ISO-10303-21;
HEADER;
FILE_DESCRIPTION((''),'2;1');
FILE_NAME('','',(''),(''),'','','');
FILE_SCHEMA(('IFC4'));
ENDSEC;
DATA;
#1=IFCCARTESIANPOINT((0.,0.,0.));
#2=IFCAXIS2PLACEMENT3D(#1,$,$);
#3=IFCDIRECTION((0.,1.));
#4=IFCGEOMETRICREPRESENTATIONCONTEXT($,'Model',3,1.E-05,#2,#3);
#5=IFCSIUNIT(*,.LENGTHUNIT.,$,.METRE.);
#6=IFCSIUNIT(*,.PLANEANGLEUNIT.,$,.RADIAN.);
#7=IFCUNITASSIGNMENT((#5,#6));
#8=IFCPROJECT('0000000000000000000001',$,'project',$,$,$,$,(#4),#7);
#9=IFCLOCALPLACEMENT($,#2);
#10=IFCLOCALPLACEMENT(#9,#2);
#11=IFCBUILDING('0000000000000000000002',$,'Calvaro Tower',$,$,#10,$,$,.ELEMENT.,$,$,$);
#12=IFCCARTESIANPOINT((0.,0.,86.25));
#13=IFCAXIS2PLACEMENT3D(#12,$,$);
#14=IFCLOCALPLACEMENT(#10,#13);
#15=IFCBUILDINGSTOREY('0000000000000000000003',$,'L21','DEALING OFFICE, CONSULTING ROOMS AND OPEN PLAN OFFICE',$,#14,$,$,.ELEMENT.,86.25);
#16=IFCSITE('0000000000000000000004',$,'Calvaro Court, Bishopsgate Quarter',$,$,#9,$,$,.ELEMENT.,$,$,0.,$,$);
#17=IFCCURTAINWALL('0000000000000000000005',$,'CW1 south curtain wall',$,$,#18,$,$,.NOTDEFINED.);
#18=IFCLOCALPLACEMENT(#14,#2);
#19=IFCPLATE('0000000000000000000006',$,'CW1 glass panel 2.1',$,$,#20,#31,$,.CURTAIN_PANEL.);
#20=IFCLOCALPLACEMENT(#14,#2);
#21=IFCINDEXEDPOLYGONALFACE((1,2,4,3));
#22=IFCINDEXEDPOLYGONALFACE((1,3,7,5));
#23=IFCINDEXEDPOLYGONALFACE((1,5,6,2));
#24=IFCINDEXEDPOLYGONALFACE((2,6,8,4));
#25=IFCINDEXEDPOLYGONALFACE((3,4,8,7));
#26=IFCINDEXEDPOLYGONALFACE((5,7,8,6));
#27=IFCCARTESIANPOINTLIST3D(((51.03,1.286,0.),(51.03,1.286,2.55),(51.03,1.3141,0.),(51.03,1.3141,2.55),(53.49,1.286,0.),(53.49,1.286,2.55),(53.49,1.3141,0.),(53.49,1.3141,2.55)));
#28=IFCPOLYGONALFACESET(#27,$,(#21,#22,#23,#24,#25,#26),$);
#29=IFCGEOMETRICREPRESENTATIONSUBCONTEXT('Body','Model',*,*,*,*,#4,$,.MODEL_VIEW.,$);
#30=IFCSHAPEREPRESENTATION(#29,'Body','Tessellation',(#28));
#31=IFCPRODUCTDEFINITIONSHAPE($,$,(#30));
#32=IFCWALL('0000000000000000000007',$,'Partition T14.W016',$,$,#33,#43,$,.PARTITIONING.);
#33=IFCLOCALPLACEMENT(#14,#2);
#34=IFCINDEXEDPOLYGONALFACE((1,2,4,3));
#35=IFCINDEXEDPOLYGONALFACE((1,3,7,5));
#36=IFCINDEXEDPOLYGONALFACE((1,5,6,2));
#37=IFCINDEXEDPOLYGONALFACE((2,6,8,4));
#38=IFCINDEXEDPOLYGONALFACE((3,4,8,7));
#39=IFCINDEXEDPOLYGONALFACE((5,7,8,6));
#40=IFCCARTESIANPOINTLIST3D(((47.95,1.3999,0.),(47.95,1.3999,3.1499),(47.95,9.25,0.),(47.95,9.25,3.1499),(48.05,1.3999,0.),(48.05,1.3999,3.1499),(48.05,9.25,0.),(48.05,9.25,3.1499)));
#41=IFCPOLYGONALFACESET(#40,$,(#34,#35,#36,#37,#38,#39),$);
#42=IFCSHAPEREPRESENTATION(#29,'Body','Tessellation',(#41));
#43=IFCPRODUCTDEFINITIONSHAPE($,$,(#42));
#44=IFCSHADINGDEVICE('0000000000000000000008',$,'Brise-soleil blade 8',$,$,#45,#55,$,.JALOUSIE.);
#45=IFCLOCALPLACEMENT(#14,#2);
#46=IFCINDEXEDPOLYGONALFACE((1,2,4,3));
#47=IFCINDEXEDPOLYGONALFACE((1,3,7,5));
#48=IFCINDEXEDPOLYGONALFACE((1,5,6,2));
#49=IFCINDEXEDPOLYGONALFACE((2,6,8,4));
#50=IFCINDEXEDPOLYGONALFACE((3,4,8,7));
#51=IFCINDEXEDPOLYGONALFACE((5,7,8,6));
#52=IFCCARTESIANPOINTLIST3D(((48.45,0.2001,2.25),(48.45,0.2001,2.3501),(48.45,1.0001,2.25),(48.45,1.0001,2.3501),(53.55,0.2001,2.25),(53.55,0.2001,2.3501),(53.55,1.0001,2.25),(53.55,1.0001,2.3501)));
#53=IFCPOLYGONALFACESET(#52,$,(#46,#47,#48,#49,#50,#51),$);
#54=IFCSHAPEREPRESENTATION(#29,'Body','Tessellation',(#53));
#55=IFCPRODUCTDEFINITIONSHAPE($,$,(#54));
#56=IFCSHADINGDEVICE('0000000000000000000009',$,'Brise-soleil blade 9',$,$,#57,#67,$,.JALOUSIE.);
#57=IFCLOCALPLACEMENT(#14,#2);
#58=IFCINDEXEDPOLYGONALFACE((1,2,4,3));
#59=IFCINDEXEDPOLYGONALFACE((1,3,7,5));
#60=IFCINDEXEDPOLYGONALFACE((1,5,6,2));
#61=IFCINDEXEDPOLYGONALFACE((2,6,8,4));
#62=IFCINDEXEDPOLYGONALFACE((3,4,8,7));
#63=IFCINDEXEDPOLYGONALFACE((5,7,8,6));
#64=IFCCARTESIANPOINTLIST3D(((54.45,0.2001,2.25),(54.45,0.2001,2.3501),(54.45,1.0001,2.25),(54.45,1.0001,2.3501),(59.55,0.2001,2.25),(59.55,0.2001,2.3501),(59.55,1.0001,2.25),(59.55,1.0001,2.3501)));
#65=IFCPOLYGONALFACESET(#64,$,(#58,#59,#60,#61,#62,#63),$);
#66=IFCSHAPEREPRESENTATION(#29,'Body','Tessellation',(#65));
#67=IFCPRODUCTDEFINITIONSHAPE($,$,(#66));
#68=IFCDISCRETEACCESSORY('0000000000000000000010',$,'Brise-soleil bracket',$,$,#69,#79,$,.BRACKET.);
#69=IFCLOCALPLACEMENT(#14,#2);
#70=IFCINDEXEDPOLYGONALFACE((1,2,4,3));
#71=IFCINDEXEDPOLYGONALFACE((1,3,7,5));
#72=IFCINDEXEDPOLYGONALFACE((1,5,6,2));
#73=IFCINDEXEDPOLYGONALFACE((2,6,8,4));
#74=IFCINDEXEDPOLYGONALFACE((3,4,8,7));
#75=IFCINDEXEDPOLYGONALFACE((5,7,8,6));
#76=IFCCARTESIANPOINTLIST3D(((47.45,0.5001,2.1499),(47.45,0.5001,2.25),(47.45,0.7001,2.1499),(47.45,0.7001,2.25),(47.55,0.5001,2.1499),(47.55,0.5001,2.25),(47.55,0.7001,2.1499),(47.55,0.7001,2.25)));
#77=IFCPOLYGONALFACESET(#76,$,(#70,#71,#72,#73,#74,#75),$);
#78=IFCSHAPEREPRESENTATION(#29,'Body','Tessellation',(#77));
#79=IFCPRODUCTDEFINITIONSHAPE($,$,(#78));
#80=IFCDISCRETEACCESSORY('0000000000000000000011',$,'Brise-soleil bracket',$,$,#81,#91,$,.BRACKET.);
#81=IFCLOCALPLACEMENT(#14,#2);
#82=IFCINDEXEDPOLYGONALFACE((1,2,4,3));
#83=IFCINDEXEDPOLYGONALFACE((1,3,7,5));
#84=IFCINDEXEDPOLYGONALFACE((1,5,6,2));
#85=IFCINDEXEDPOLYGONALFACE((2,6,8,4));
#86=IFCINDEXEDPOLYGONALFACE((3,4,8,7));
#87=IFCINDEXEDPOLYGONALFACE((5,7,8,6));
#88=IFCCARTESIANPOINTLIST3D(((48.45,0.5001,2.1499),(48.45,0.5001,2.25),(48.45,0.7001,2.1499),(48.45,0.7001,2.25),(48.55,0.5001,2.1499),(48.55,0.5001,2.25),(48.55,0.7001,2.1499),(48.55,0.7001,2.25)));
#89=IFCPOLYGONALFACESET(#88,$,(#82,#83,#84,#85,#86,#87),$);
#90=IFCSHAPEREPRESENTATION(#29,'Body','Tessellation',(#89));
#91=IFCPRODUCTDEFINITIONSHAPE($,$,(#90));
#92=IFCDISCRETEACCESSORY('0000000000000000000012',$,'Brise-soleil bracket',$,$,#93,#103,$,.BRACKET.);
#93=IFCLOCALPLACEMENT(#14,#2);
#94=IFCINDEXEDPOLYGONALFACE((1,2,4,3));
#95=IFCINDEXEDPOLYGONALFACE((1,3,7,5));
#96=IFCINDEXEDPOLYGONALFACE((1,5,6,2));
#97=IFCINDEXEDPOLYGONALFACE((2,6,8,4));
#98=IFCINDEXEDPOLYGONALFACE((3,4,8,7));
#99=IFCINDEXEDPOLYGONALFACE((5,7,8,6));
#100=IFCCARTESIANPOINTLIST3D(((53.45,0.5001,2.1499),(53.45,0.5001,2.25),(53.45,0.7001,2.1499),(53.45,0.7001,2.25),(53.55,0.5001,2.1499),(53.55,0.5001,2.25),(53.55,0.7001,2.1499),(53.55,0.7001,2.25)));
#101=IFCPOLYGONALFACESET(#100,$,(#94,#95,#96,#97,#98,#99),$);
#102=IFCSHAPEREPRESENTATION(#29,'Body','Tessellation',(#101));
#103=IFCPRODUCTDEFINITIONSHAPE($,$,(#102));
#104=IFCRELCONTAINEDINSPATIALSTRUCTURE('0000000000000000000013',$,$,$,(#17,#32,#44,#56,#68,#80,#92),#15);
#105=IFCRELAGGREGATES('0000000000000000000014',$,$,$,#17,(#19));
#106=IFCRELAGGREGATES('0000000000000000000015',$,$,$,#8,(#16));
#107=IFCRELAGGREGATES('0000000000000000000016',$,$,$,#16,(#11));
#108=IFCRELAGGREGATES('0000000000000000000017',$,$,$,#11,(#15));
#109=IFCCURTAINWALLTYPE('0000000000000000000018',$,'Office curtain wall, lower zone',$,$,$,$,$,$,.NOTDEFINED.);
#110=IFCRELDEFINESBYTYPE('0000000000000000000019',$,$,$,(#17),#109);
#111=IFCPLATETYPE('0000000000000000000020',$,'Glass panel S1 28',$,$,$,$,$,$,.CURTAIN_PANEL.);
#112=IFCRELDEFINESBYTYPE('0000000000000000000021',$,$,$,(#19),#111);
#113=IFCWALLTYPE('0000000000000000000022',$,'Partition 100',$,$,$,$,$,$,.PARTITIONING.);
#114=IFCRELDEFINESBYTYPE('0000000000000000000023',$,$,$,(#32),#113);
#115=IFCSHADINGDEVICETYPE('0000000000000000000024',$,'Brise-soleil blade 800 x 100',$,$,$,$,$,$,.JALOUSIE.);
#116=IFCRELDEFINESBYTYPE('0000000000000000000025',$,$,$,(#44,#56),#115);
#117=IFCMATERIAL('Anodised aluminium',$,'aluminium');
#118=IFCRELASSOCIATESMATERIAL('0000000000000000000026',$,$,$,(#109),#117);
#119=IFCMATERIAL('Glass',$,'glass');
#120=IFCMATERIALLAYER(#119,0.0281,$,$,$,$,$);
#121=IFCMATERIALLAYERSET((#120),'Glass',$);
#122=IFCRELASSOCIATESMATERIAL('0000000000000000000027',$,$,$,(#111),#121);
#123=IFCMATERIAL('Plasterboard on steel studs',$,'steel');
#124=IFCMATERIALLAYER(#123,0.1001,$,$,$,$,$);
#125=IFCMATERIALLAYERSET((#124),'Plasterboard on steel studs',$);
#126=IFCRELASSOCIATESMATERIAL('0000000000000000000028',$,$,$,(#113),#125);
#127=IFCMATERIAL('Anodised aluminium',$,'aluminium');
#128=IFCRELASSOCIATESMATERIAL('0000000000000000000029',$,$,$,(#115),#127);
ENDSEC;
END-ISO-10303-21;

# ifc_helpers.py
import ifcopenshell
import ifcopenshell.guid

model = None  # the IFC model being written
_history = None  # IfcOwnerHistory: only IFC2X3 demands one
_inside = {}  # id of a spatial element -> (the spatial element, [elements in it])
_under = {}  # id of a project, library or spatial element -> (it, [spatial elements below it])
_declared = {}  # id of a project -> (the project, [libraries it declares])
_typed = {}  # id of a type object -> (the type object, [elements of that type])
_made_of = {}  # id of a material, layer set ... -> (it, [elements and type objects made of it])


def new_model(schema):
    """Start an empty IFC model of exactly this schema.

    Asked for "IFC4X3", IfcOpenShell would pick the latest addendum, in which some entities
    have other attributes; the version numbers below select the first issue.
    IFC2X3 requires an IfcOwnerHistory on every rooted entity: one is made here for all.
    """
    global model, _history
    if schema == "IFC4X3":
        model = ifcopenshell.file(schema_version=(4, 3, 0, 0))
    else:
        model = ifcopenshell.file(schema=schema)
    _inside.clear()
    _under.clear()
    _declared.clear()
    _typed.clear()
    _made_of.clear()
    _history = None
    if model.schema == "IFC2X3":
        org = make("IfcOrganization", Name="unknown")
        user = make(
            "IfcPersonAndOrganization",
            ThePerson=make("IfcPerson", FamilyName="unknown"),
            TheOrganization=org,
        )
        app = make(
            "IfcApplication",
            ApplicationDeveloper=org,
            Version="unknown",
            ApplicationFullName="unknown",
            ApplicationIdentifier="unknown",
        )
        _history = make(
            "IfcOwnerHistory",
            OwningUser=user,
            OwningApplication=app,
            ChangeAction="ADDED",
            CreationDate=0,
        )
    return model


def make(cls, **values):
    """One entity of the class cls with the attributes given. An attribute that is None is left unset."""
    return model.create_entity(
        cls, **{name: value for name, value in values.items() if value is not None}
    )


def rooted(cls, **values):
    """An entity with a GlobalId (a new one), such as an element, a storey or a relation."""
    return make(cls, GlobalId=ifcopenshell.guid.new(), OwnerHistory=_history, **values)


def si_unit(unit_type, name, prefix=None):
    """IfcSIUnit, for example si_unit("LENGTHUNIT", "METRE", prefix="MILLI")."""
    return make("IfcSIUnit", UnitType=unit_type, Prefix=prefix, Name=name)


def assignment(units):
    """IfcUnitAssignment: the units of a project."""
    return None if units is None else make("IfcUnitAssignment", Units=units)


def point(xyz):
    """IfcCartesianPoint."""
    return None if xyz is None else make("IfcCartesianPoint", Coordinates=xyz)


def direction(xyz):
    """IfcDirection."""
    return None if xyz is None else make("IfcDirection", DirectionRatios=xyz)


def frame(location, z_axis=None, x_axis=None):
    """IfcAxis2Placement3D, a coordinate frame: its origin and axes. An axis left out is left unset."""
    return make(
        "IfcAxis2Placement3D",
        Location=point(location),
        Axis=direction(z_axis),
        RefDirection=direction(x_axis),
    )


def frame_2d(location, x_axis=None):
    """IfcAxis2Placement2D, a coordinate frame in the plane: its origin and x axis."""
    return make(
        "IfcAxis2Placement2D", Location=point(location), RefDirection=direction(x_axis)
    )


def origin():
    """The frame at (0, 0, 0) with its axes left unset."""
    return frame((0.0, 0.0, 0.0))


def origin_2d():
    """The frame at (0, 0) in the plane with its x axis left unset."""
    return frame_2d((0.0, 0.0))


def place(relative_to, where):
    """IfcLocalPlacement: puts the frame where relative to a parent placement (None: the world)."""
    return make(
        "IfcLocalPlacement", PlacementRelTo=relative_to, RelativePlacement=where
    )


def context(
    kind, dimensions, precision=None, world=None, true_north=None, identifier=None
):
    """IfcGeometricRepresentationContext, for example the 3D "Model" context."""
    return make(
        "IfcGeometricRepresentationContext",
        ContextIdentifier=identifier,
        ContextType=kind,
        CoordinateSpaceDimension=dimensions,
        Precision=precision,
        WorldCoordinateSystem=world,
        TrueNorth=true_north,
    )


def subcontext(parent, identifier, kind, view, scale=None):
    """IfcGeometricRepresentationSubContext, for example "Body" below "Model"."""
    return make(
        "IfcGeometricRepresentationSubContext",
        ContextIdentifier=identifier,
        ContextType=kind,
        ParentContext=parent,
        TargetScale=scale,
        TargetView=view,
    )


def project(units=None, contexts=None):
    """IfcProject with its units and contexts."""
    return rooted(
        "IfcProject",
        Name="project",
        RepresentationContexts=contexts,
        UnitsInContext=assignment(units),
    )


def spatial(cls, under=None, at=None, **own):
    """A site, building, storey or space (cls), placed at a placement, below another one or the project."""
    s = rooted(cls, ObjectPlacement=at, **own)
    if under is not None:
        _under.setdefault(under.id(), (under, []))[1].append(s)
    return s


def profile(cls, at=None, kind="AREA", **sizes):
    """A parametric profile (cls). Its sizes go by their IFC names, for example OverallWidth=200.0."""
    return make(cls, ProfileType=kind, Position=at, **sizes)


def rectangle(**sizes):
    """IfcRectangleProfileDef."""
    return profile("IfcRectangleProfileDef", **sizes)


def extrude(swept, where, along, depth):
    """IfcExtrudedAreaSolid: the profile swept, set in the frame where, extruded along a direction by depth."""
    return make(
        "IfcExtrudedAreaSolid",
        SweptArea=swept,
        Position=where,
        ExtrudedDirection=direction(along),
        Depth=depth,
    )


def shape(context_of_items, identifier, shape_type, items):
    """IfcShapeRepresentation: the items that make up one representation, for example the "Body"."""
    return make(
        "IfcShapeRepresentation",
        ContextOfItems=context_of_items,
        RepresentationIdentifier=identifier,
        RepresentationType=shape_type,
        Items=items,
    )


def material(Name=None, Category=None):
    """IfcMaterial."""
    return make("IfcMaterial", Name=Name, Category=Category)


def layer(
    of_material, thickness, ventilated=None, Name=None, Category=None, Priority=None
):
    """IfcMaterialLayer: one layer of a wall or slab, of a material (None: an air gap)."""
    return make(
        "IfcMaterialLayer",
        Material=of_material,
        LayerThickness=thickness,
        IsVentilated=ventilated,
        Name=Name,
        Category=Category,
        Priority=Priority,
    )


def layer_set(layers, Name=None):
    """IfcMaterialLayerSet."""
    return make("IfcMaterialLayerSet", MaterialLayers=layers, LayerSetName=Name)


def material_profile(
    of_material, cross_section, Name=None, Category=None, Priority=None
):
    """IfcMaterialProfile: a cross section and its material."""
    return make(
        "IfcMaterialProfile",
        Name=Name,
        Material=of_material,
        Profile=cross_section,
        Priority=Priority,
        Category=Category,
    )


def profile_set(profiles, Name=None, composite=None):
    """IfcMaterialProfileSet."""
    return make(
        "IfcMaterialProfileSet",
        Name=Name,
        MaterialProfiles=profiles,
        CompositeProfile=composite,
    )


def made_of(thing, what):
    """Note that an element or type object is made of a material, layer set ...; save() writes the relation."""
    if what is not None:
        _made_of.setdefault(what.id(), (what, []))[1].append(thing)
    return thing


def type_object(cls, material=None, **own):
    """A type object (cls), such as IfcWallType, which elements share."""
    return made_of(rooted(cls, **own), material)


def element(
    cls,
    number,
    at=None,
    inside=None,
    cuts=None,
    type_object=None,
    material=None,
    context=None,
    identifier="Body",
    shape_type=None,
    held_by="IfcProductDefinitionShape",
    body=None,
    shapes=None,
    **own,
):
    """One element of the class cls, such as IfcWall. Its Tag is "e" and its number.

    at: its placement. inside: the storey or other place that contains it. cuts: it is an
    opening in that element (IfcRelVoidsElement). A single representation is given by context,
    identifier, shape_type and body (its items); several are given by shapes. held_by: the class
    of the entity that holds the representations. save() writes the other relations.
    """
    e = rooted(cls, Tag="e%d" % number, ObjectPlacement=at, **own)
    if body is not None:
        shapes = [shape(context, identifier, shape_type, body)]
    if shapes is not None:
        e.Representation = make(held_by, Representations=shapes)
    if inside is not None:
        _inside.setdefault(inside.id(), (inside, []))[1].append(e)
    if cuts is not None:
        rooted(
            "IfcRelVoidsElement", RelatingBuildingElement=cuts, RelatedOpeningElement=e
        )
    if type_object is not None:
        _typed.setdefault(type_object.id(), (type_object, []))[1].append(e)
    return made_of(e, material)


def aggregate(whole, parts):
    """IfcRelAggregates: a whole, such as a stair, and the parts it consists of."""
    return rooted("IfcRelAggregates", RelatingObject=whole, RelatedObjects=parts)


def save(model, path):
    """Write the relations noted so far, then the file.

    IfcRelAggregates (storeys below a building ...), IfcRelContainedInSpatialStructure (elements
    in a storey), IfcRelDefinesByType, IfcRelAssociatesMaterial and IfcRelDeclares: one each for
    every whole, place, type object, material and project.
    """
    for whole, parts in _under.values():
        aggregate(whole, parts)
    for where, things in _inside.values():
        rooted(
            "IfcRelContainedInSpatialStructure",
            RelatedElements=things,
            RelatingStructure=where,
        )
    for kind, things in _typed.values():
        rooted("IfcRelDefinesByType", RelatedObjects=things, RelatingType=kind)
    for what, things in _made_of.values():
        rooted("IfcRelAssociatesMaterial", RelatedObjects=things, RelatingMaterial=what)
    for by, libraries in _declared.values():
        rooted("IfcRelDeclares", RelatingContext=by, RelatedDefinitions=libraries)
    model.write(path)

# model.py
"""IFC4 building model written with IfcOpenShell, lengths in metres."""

from ifc_helpers import new_model, si_unit, direction, frame, frame_2d, origin, origin_2d, place, context, subcontext, project, spatial, rectangle, extrude, material, layer, layer_set, material_profile, profile_set, type_object, element, aggregate, save


model = new_model("IFC4")

# Units and contexts
model_context = context("Model", 3, precision=1e-05, world=origin(), true_north=direction((0.0, 1.0)))
body_context = subcontext(model_context, "Body", "Model", "MODEL_VIEW")
ifc_project = project(units=[si_unit("LENGTHUNIT", "METRE"), si_unit("PLANEANGLEUNIT", "RADIAN")], contexts=[model_context])

# Site, building, storey
site_placement = place(None, origin())
site = spatial("IfcSite", under=ifc_project, at=site_placement, Name="Calvaro Court, Bishopsgate Quarter", CompositionType="ELEMENT", RefElevation=0.0)
building_placement = place(site_placement, origin())
building = spatial("IfcBuilding", under=site, at=building_placement, Name="Calvaro Tower", CompositionType="ELEMENT")
storey_placement = place(building_placement, frame((0.0, 0.0, 86.25)))
storey = spatial("IfcBuildingStorey", under=building, at=storey_placement, Name="L21", Description="DEALING OFFICE, CONSULTING ROOMS AND OPEN PLAN OFFICE", CompositionType="ELEMENT", Elevation=86.25)

# Curtain wall
ifc_material_1 = material(Name="Anodised aluminium", Category="aluminium")
curtain_wall_type = type_object("IfcCurtainWallType", Name="Office curtain wall, lower zone", PredefinedType="NOTDEFINED", material=ifc_material_1)
curtain_wall_1_placement = place(storey_placement, origin())
curtain_wall_1 = element("IfcCurtainWall", 1, at=curtain_wall_1_placement, inside=storey, type_object=curtain_wall_type, Name="CW1 south curtain wall", PredefinedType="NOTDEFINED")

# Plate
ifc_material_2 = material(Name="Glass", Category="glass")
ifc_layer_1 = layer(ifc_material_2, 0.0281)
ifc_layer_set_1 = layer_set([ifc_layer_1], Name="Glass")
plate_type = type_object("IfcPlateType", Name="Glass panel S1 28", PredefinedType="CURTAIN_PANEL", material=ifc_layer_set_1)
plate_1_placement = place(storey_placement, frame((52.26, 1.3, 0.0), z_axis=(0.0, 0.0, 1.0), x_axis=(1.0, 0.0, 0.0)))
plate_1 = element("IfcPlate", 2, at=plate_1_placement, type_object=plate_type, Name="CW1 glass panel 2.1", PredefinedType="CURTAIN_PANEL", context=body_context, shape_type="SweptSolid", body=[
    extrude(rectangle(XDim=2.46, YDim=0.0281, at=origin_2d()), origin(), (0.0, 0.0, 1.0), 2.55),
])
aggregate(curtain_wall_1, [plate_1])

# Wall
ifc_material_3 = material(Name="Plasterboard on steel studs", Category="steel")
ifc_layer_2 = layer(ifc_material_3, 0.1001)
ifc_layer_set_2 = layer_set([ifc_layer_2], Name="Plasterboard on steel studs")
wall_type = type_object("IfcWallType", Name="Partition 100", PredefinedType="PARTITIONING", material=ifc_layer_set_2)
wall_placement = place(storey_placement, frame((48.0, 1.3999, 0.0), z_axis=(0.0, 0.0, 1.0), x_axis=(0.0, 1.0, 0.0)))
element("IfcWall", 3, at=wall_placement, inside=storey, type_object=wall_type, Name="Partition T14.W016", PredefinedType="PARTITIONING", context=body_context, shape_type="SweptSolid", body=[
    extrude(rectangle(XDim=7.8501, YDim=0.1001, at=frame_2d((3.925, 0.0))), origin(), (0.0, 0.0, 1.0), 3.1499),
])

# Shading devices
ifc_material_4 = material(Name="Anodised aluminium", Category="aluminium")
ifc_material_profile_1 = material_profile(ifc_material_4, rectangle(XDim=0.8, YDim=0.1001, at=origin_2d()), Name="Brise-soleil blade 800 x 100")
ifc_profile_set_1 = profile_set([ifc_material_profile_1], Name="Anodised aluminium")
shading_device_type = type_object("IfcShadingDeviceType", Name="Brise-soleil blade 800 x 100", PredefinedType="JALOUSIE", material=ifc_profile_set_1)
for number, where, z_axis, x_axis, name in (
    (4, (48.45, 0.6001, 2.3), (1.0, 0.0, 0.0), (0.0, 1.0, 0.0), "Brise-soleil blade 8"),
    (5, (54.45, 0.6001, 2.3), (1.0, 0.0, 0.0), (0.0, 1.0, 0.0), "Brise-soleil blade 9"),
):
    element("IfcShadingDevice", number, at=place(storey_placement, frame(where, z_axis=z_axis, x_axis=x_axis)), inside=storey, type_object=shading_device_type, Name=name, PredefinedType="JALOUSIE", context=body_context, shape_type="SweptSolid", body=[
        extrude(rectangle(XDim=0.8, YDim=0.1001, at=origin_2d()), origin(), (0.0, 0.0, 1.0), 5.1001),
    ])

# Discrete accessories
for number, where, z_axis, x_axis, name in (
    (6, (47.5, 0.6001, 2.1499), (0.0, 0.0, 1.0), (1.0, 0.0, 0.0), "Brise-soleil bracket"),
    (7, (48.5, 0.6001, 2.1499), (0.0, 0.0, 1.0), (1.0, 0.0, 0.0), "Brise-soleil bracket"),
    (8, (53.5, 0.6001, 2.1499), (0.0, 0.0, 1.0), (1.0, 0.0, 0.0), "Brise-soleil bracket"),
):
    element("IfcDiscreteAccessory", number, at=place(storey_placement, frame(where, z_axis=z_axis, x_axis=x_axis)), inside=storey, Name=name, PredefinedType="BRACKET", context=body_context, shape_type="SweptSolid", body=[
        extrude(rectangle(XDim=0.1001, YDim=0.2, at=origin_2d()), origin(), (0.0, 0.0, 1.0), 0.1001),
    ])

save(model, "model.ifc")
